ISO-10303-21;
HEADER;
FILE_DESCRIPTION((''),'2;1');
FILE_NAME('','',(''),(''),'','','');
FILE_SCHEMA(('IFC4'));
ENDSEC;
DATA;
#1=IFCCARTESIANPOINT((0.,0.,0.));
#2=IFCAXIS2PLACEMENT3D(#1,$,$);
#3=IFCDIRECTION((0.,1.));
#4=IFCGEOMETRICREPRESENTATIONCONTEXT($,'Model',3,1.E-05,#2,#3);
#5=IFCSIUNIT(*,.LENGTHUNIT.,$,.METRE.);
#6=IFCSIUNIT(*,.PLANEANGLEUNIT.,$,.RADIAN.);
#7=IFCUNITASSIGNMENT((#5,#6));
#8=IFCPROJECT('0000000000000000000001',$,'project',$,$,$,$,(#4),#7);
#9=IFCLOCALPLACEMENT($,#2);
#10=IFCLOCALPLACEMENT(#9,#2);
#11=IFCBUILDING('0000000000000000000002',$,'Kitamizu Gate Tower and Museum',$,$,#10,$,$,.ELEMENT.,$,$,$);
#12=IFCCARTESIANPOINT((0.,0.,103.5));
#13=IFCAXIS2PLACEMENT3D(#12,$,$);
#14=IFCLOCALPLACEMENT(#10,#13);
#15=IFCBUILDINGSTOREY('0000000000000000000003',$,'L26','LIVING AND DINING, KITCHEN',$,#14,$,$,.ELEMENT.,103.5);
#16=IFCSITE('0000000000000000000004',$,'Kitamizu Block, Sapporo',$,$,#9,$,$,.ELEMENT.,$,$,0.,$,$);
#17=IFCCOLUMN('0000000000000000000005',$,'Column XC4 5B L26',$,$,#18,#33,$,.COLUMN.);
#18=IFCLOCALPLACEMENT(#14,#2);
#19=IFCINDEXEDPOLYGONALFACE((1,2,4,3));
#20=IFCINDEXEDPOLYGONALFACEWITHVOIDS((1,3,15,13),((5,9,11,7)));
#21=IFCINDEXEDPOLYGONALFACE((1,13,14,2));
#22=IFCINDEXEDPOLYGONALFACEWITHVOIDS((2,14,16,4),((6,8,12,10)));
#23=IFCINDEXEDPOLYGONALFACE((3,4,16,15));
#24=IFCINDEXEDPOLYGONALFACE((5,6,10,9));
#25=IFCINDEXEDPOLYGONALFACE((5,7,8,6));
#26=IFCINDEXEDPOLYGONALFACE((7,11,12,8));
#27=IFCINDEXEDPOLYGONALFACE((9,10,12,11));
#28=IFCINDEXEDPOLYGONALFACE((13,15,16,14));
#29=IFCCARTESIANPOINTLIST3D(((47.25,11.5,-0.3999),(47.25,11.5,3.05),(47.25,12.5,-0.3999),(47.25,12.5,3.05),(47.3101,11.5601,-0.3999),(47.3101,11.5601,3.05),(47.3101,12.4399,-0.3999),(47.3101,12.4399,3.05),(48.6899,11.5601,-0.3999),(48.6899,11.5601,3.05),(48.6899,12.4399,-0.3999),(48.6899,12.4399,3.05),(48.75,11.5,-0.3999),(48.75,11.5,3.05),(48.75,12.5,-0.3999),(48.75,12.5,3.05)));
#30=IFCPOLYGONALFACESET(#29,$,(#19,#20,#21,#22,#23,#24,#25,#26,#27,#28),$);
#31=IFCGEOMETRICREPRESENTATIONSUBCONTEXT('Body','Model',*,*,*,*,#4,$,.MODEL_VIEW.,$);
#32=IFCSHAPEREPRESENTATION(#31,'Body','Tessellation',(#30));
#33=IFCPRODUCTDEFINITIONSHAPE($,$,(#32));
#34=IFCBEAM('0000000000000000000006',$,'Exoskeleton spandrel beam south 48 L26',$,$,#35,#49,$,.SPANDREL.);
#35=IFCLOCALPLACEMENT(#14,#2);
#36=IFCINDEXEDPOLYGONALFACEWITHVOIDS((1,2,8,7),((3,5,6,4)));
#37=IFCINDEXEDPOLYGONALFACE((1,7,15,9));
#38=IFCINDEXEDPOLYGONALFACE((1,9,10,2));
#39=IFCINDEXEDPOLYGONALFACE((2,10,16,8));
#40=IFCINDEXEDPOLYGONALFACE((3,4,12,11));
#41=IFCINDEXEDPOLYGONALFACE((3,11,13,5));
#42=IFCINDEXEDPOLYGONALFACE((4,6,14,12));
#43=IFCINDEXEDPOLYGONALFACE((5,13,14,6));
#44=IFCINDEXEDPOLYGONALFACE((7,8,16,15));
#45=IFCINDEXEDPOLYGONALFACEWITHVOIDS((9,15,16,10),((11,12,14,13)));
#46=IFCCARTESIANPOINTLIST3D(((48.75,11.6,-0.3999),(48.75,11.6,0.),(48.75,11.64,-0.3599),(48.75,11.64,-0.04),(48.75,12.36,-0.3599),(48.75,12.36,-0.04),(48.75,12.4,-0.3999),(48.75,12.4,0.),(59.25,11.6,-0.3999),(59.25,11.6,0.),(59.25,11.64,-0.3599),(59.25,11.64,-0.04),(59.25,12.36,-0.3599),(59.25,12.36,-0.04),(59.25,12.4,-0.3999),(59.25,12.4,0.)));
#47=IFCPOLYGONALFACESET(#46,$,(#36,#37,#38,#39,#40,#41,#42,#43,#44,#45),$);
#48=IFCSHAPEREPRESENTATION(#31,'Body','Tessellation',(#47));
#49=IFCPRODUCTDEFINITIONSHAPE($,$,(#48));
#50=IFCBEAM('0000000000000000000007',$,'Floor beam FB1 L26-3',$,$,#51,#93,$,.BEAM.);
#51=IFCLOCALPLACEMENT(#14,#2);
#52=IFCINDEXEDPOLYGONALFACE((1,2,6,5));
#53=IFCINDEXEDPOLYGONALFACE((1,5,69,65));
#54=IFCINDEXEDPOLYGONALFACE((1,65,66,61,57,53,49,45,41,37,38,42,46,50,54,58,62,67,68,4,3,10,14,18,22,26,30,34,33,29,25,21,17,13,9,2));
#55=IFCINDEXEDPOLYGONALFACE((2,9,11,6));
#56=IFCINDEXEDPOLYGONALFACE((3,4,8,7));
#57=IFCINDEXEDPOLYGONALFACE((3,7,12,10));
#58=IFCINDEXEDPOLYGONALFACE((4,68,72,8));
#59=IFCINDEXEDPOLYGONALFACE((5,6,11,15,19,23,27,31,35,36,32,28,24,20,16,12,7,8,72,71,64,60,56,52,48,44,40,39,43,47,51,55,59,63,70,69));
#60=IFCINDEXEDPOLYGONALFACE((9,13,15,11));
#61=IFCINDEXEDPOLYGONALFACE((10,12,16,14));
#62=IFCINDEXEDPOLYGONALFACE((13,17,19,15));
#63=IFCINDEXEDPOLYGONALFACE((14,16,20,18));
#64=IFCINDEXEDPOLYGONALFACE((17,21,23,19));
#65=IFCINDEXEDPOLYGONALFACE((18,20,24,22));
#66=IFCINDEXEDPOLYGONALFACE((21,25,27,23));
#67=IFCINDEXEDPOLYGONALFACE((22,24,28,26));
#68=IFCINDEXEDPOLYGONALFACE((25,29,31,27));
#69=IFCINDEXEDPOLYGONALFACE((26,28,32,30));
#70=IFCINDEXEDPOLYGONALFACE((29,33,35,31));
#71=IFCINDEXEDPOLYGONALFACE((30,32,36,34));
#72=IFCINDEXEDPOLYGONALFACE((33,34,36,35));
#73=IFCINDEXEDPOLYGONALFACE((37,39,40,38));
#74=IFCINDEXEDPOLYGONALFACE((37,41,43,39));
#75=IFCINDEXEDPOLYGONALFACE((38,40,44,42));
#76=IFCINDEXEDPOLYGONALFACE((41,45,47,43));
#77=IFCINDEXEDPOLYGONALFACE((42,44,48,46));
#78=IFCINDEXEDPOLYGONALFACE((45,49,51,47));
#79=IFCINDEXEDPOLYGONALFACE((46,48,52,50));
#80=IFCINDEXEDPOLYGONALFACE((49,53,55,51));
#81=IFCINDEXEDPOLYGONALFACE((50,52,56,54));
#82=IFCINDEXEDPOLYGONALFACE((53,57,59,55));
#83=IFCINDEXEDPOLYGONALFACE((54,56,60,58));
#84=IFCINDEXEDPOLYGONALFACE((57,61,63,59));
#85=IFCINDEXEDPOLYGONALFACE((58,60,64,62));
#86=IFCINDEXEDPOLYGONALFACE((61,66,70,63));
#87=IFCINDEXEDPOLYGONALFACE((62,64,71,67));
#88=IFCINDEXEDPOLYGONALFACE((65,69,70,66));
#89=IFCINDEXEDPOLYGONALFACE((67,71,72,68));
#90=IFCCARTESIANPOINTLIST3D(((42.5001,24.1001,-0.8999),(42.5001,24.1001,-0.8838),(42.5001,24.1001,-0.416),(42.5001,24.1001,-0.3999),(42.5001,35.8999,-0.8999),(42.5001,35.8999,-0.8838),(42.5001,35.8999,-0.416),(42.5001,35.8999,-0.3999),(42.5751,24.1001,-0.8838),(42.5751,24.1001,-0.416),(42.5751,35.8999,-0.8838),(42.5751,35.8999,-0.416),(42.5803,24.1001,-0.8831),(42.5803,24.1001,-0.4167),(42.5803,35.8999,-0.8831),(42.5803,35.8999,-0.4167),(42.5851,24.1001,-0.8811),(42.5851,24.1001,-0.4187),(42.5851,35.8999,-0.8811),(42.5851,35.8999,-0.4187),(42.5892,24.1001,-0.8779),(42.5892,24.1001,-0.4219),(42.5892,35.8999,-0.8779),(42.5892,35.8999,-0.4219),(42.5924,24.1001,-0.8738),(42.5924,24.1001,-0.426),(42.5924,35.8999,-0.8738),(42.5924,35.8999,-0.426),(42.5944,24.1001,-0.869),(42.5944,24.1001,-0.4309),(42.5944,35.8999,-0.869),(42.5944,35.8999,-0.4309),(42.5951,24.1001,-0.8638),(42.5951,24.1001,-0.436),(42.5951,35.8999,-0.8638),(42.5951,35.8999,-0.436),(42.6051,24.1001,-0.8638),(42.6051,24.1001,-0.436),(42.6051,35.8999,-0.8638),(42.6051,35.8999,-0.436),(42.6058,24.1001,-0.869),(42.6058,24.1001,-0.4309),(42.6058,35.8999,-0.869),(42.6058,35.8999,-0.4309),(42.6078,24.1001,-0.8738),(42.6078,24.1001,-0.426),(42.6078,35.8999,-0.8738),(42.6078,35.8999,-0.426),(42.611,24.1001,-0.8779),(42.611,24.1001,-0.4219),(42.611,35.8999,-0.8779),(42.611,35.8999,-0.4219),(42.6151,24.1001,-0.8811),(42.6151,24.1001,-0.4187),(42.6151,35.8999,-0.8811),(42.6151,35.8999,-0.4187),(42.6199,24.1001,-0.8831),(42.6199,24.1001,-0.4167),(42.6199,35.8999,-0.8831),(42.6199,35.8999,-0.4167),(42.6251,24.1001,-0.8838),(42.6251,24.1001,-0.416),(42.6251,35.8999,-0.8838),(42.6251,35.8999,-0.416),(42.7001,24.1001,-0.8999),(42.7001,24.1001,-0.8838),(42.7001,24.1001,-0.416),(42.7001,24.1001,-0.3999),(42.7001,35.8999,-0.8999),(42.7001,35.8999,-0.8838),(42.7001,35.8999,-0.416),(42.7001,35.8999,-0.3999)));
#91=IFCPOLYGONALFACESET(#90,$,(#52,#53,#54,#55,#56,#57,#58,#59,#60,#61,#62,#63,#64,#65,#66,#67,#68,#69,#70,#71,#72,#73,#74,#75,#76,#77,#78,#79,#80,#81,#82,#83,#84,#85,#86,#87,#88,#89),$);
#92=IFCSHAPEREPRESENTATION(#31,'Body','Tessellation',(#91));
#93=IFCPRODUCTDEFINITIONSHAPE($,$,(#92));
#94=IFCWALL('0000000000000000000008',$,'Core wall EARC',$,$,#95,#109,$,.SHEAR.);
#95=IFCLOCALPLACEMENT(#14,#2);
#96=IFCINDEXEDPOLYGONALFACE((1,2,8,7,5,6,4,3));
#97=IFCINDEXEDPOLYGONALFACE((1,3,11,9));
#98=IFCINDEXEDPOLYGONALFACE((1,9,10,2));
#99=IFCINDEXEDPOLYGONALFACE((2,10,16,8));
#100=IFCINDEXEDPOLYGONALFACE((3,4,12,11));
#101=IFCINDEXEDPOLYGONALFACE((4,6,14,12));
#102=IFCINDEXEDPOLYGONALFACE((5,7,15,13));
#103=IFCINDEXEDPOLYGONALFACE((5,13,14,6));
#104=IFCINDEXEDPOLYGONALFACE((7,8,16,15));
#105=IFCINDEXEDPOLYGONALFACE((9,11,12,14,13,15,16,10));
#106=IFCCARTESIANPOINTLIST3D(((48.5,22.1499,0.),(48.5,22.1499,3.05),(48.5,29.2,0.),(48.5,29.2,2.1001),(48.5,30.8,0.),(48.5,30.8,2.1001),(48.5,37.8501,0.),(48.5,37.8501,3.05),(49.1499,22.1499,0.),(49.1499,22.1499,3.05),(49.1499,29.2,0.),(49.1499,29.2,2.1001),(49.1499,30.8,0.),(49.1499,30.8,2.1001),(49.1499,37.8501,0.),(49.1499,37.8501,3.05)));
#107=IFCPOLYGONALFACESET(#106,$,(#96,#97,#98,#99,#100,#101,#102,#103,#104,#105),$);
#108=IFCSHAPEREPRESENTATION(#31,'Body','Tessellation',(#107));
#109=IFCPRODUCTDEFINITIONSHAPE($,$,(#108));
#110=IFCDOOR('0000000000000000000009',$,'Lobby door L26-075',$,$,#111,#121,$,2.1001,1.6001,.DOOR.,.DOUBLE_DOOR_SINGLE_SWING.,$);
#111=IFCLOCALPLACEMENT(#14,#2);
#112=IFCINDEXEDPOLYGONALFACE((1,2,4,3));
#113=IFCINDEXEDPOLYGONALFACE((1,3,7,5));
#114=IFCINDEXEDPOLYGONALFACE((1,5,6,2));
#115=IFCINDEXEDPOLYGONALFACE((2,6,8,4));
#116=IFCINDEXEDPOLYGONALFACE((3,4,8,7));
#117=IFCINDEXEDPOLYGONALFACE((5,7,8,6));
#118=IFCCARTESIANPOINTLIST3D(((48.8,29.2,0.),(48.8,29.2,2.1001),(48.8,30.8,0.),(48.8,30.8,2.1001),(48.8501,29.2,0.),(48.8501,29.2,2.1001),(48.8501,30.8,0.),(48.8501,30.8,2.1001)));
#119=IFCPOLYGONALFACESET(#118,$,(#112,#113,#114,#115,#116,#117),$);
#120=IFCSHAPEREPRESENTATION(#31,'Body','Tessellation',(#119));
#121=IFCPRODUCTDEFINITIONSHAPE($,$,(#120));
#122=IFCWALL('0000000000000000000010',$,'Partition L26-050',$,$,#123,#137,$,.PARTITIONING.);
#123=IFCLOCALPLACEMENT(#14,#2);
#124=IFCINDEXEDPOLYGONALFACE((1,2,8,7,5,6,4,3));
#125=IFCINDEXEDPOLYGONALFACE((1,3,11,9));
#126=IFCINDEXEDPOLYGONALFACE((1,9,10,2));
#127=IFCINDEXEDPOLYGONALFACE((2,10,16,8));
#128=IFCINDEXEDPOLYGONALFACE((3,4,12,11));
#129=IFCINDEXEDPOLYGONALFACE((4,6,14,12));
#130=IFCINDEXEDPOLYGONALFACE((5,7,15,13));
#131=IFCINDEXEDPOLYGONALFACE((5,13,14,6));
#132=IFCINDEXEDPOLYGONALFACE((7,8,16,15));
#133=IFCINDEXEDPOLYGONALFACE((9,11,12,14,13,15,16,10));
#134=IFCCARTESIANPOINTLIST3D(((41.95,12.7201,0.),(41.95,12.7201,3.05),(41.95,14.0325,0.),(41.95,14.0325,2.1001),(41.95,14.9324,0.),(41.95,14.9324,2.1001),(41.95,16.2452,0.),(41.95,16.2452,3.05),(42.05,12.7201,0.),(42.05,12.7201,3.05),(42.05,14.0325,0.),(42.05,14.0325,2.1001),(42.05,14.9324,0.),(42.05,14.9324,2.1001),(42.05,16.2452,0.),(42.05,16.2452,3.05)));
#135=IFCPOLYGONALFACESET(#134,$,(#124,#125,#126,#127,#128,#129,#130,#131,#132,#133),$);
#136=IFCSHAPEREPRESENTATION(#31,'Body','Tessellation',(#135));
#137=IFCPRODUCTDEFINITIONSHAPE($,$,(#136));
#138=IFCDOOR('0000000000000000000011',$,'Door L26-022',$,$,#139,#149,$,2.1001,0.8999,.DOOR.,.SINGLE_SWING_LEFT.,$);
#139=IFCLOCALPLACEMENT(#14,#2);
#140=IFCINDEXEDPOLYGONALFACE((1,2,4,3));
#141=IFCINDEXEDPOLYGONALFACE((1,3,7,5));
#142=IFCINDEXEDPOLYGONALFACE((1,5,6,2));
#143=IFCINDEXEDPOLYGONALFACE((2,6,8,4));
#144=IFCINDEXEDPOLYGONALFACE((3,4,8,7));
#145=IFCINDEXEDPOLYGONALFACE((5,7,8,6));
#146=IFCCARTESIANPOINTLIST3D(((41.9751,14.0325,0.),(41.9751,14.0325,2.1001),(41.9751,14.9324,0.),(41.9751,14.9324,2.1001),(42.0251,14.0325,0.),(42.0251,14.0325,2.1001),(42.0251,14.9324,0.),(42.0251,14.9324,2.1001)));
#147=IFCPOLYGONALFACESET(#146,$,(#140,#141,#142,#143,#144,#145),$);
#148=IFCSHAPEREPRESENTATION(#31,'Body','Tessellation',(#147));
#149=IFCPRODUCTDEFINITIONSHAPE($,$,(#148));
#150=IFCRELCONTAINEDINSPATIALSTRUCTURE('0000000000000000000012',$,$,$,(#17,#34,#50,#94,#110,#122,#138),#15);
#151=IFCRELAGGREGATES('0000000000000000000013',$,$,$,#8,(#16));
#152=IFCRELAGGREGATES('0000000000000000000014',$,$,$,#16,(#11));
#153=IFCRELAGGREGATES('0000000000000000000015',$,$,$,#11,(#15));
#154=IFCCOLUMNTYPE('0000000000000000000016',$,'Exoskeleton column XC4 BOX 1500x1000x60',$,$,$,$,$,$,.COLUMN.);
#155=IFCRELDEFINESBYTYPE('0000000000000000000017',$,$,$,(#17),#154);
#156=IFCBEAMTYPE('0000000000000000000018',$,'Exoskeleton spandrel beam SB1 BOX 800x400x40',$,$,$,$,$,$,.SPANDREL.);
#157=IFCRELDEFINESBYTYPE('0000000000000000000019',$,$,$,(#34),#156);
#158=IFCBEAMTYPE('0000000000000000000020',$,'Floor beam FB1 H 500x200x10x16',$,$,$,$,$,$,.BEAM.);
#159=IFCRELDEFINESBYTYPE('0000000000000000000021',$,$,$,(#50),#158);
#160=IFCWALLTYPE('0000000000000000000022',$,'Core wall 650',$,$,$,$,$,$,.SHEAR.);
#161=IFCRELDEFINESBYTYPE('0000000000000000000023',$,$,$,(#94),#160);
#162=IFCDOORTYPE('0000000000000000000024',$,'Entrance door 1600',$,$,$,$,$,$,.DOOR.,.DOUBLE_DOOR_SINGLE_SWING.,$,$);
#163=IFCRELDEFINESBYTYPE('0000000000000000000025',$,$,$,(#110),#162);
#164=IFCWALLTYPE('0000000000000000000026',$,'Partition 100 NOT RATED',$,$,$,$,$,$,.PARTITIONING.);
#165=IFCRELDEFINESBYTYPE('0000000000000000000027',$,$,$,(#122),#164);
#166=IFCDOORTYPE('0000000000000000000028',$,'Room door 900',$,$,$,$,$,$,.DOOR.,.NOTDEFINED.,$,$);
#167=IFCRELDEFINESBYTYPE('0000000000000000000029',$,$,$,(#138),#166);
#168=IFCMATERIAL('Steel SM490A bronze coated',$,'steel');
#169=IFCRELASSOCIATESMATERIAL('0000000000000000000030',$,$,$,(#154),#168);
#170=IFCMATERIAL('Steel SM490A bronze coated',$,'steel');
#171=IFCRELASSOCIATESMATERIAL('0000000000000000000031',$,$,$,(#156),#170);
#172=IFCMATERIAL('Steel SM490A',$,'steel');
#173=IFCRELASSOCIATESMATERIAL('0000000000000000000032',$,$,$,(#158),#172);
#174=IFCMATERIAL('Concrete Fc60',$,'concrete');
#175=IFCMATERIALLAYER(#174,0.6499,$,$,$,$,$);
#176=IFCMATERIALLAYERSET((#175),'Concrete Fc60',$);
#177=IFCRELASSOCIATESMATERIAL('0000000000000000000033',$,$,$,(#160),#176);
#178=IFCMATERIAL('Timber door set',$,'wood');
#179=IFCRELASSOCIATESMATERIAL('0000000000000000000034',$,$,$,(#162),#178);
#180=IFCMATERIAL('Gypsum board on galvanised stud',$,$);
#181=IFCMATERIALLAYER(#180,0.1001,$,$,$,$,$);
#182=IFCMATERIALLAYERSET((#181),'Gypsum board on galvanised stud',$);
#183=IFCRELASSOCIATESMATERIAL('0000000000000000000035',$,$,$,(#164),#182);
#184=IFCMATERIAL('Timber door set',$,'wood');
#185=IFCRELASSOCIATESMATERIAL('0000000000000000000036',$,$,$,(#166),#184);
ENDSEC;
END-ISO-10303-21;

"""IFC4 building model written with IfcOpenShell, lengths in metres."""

from ifc_helpers import new_model, si_unit, direction, frame, frame_2d, origin, origin_2d, place, context, subcontext, project, spatial, rectangle, hollow_rectangle, i_section, extrude, material, layer, layer_set, material_profile, profile_set, type_object, element, fill, save


model = new_model("IFC4")

# Units and contexts
model_context = context("Model", 3, precision=1e-05, world=origin(), true_north=direction((0.0, 1.0)))
body_context = subcontext(model_context, "Body", "Model", "MODEL_VIEW")
ifc_project = project(units=[si_unit("LENGTHUNIT", "METRE"), si_unit("PLANEANGLEUNIT", "RADIAN")], contexts=[model_context])

# Site, building, storey
site_placement = place(None, origin())
site = spatial("IfcSite", under=ifc_project, at=site_placement, Name="Kitamizu Block, Sapporo", CompositionType="ELEMENT", RefElevation=0.0)
building_placement = place(site_placement, origin())
building = spatial("IfcBuilding", under=site, at=building_placement, Name="Kitamizu Gate Tower and Museum", CompositionType="ELEMENT")
storey_placement = place(building_placement, frame((0.0, 0.0, 103.5)))
storey = spatial("IfcBuildingStorey", under=building, at=storey_placement, Name="L26", Description="LIVING AND DINING, KITCHEN", CompositionType="ELEMENT", Elevation=103.5)

# Column
ifc_material_1 = material(Name="Steel SM490A bronze coated", Category="steel")
ifc_material_profile_1 = material_profile(ifc_material_1, hollow_rectangle(XDim=1.5, YDim=1.0, WallThickness=0.0601, at=origin_2d()), Name="BOX 1500x1000x60")
ifc_profile_set_1 = profile_set([ifc_material_profile_1], Name="Steel SM490A bronze coated")
column_type = type_object("IfcColumnType", Name="Exoskeleton column XC4 BOX 1500x1000x60", PredefinedType="COLUMN", material=ifc_profile_set_1)
column_placement = place(storey_placement, frame((48.0, 12.0, -0.3999), z_axis=(0.0, 0.0, 1.0), x_axis=(1.0, 0.0, 0.0)))
element("IfcColumn", 1, at=column_placement, inside=storey, type_object=column_type, Name="Column XC4 5B L26", PredefinedType="COLUMN", context=body_context, shape_type="SweptSolid", body=[
    extrude(hollow_rectangle(XDim=1.5, YDim=1.0, WallThickness=0.0601, at=origin_2d()), origin(), (0.0, 0.0, 1.0), 3.45),
])

# Beams
ifc_material_2 = material(Name="Steel SM490A bronze coated", Category="steel")
ifc_material_profile_2 = material_profile(ifc_material_2, hollow_rectangle(XDim=0.8, YDim=0.3999, WallThickness=0.04, at=origin_2d()), Name="BOX 800x400x40")
ifc_profile_set_2 = profile_set([ifc_material_profile_2], Name="Steel SM490A bronze coated")
beam_type_1 = type_object("IfcBeamType", Name="Exoskeleton spandrel beam SB1 BOX 800x400x40", PredefinedType="SPANDREL", material=ifc_profile_set_2)
beam_1_placement = place(storey_placement, frame((48.75, 12.0, -0.2), z_axis=(1.0, 0.0, 0.0), x_axis=(0.0, 1.0, 0.0)))
element("IfcBeam", 2, at=beam_1_placement, inside=storey, type_object=beam_type_1, Name="Exoskeleton spandrel beam south 48 L26", PredefinedType="SPANDREL", context=body_context, shape_type="SweptSolid", body=[
    extrude(hollow_rectangle(XDim=0.8, YDim=0.3999, WallThickness=0.04, at=origin_2d()), origin(), (0.0, 0.0, 1.0), 10.5),
])
ifc_material_3 = material(Name="Steel SM490A", Category="steel")
ifc_material_profile_3 = material_profile(ifc_material_3, i_section(OverallWidth=0.2, OverallDepth=0.5, WebThickness=0.01, FlangeThickness=0.0161, FilletRadius=0.02, at=origin_2d()), Name="H-500x200x10x16")
ifc_profile_set_3 = profile_set([ifc_material_profile_3], Name="Steel SM490A")
beam_type_2 = type_object("IfcBeamType", Name="Floor beam FB1 H 500x200x10x16", PredefinedType="BEAM", material=ifc_profile_set_3)
beam_2_placement = place(storey_placement, frame((42.6001, 24.1001, -0.6499), z_axis=(0.0, 1.0, 0.0), x_axis=(-1.0, 0.0, 0.0)))
element("IfcBeam", 3, at=beam_2_placement, inside=storey, type_object=beam_type_2, Name="Floor beam FB1 L26-3", PredefinedType="BEAM", context=body_context, shape_type="SweptSolid", body=[
    extrude(i_section(OverallWidth=0.2, OverallDepth=0.5, WebThickness=0.01, FlangeThickness=0.0161, FilletRadius=0.02, at=origin_2d()), origin(), (0.0, 0.0, 1.0), 11.7998),
])

# Walls, openings, doors
ifc_material_4 = material(Name="Concrete Fc60", Category="concrete")
ifc_layer_1 = layer(ifc_material_4, 0.6499)
ifc_layer_set_1 = layer_set([ifc_layer_1], Name="Concrete Fc60")
wall_type_1 = type_object("IfcWallType", Name="Core wall 650", PredefinedType="SHEAR", material=ifc_layer_set_1)
wall_1_placement = place(storey_placement, frame((48.825, 22.1499, 0.0), z_axis=(0.0, 0.0, 1.0), x_axis=(0.0, 1.0, 0.0)))
wall_1 = element("IfcWall", 4, at=wall_1_placement, inside=storey, type_object=wall_type_1, Name="Core wall EARC", PredefinedType="SHEAR", context=body_context, shape_type="SweptSolid", body=[
    extrude(rectangle(XDim=15.7002, YDim=0.6499, at=frame_2d((7.8501, 0.0))), origin(), (0.0, 0.0, 1.0), 3.05),
])
opening_1_placement = place(wall_1_placement, frame((7.05, 0.0, 0.0)))
opening_1 = element("IfcOpeningElement", 5, at=opening_1_placement, cuts=wall_1, PredefinedType="OPENING", context=body_context, shape_type="SweptSolid", body=[
    extrude(rectangle(XDim=1.6001, YDim=2.1001, at=frame_2d((0.8, 1.05))), frame((0.0, 0.335, 0.0), z_axis=(0.0, -1.0, 0.0), x_axis=(1.0, 0.0, 0.0)), (0.0, 0.0, 1.0), 0.6699),
])
ifc_material_5 = material(Name="Timber door set", Category="wood")
door_type_1 = type_object("IfcDoorType", Name="Entrance door 1600", OperationType="DOUBLE_DOOR_SINGLE_SWING", PredefinedType="DOOR", material=ifc_material_5)
door_1_placement = place(opening_1_placement, origin())
door_1 = element("IfcDoor", 6, at=door_1_placement, inside=storey, type_object=door_type_1, Name="Lobby door L26-075", OperationType="DOUBLE_DOOR_SINGLE_SWING", OverallHeight=2.1001, OverallWidth=1.6001, PredefinedType="DOOR", context=body_context, shape_type="SweptSolid", body=[
    extrude(rectangle(XDim=1.6001, YDim=2.1001, at=frame_2d((0.8, 1.05))), frame((0.0, 0.0249, 0.0), z_axis=(0.0, -1.0, 0.0), x_axis=(1.0, 0.0, 0.0)), (0.0, 0.0, 1.0), 0.05),
])
fill(opening_1, door_1)
ifc_material_6 = material(Name="Gypsum board on galvanised stud")
ifc_layer_2 = layer(ifc_material_6, 0.1001)
ifc_layer_set_2 = layer_set([ifc_layer_2], Name="Gypsum board on galvanised stud")
wall_type_2 = type_object("IfcWallType", Name="Partition 100 NOT RATED", PredefinedType="PARTITIONING", material=ifc_layer_set_2)
wall_2_placement = place(storey_placement, frame((42.0, 12.72, 0.0), z_axis=(0.0, 0.0, 1.0), x_axis=(0.0, 1.0, 0.0)))
wall_2 = element("IfcWall", 7, at=wall_2_placement, inside=storey, type_object=wall_type_2, Name="Partition L26-050", PredefinedType="PARTITIONING", context=body_context, shape_type="SweptSolid", body=[
    extrude(rectangle(XDim=3.5251, YDim=0.1001, at=frame_2d((1.7627, 0.0))), origin(), (0.0, 0.0, 1.0), 3.05),
])
opening_2_placement = place(wall_2_placement, frame((1.3125, 0.0, 0.0)))
opening_2 = element("IfcOpeningElement", 8, at=opening_2_placement, cuts=wall_2, PredefinedType="OPENING", context=body_context, shape_type="SweptSolid", body=[
    extrude(rectangle(XDim=0.8999, YDim=2.1001, at=frame_2d((0.45, 1.05))), frame((0.0, 0.0601, 0.0), z_axis=(0.0, -1.0, 0.0), x_axis=(1.0, 0.0, 0.0)), (0.0, 0.0, 1.0), 0.1201),
])
ifc_material_7 = material(Name="Timber door set", Category="wood")
door_type_2 = type_object("IfcDoorType", Name="Room door 900", OperationType="NOTDEFINED", PredefinedType="DOOR", material=ifc_material_7)
door_2_placement = place(opening_2_placement, origin())
door_2 = element("IfcDoor", 9, at=door_2_placement, inside=storey, type_object=door_type_2, Name="Door L26-022", OperationType="SINGLE_SWING_LEFT", OverallHeight=2.1001, OverallWidth=0.8999, PredefinedType="DOOR", context=body_context, shape_type="SweptSolid", body=[
    extrude(rectangle(XDim=0.8999, YDim=2.1001, at=frame_2d((0.45, 1.05))), frame((0.0, 0.0249, 0.0), z_axis=(0.0, -1.0, 0.0), x_axis=(1.0, 0.0, 0.0)), (0.0, 0.0, 1.0), 0.05),
])
fill(opening_2, door_2)

save(model, "model.ifc")
